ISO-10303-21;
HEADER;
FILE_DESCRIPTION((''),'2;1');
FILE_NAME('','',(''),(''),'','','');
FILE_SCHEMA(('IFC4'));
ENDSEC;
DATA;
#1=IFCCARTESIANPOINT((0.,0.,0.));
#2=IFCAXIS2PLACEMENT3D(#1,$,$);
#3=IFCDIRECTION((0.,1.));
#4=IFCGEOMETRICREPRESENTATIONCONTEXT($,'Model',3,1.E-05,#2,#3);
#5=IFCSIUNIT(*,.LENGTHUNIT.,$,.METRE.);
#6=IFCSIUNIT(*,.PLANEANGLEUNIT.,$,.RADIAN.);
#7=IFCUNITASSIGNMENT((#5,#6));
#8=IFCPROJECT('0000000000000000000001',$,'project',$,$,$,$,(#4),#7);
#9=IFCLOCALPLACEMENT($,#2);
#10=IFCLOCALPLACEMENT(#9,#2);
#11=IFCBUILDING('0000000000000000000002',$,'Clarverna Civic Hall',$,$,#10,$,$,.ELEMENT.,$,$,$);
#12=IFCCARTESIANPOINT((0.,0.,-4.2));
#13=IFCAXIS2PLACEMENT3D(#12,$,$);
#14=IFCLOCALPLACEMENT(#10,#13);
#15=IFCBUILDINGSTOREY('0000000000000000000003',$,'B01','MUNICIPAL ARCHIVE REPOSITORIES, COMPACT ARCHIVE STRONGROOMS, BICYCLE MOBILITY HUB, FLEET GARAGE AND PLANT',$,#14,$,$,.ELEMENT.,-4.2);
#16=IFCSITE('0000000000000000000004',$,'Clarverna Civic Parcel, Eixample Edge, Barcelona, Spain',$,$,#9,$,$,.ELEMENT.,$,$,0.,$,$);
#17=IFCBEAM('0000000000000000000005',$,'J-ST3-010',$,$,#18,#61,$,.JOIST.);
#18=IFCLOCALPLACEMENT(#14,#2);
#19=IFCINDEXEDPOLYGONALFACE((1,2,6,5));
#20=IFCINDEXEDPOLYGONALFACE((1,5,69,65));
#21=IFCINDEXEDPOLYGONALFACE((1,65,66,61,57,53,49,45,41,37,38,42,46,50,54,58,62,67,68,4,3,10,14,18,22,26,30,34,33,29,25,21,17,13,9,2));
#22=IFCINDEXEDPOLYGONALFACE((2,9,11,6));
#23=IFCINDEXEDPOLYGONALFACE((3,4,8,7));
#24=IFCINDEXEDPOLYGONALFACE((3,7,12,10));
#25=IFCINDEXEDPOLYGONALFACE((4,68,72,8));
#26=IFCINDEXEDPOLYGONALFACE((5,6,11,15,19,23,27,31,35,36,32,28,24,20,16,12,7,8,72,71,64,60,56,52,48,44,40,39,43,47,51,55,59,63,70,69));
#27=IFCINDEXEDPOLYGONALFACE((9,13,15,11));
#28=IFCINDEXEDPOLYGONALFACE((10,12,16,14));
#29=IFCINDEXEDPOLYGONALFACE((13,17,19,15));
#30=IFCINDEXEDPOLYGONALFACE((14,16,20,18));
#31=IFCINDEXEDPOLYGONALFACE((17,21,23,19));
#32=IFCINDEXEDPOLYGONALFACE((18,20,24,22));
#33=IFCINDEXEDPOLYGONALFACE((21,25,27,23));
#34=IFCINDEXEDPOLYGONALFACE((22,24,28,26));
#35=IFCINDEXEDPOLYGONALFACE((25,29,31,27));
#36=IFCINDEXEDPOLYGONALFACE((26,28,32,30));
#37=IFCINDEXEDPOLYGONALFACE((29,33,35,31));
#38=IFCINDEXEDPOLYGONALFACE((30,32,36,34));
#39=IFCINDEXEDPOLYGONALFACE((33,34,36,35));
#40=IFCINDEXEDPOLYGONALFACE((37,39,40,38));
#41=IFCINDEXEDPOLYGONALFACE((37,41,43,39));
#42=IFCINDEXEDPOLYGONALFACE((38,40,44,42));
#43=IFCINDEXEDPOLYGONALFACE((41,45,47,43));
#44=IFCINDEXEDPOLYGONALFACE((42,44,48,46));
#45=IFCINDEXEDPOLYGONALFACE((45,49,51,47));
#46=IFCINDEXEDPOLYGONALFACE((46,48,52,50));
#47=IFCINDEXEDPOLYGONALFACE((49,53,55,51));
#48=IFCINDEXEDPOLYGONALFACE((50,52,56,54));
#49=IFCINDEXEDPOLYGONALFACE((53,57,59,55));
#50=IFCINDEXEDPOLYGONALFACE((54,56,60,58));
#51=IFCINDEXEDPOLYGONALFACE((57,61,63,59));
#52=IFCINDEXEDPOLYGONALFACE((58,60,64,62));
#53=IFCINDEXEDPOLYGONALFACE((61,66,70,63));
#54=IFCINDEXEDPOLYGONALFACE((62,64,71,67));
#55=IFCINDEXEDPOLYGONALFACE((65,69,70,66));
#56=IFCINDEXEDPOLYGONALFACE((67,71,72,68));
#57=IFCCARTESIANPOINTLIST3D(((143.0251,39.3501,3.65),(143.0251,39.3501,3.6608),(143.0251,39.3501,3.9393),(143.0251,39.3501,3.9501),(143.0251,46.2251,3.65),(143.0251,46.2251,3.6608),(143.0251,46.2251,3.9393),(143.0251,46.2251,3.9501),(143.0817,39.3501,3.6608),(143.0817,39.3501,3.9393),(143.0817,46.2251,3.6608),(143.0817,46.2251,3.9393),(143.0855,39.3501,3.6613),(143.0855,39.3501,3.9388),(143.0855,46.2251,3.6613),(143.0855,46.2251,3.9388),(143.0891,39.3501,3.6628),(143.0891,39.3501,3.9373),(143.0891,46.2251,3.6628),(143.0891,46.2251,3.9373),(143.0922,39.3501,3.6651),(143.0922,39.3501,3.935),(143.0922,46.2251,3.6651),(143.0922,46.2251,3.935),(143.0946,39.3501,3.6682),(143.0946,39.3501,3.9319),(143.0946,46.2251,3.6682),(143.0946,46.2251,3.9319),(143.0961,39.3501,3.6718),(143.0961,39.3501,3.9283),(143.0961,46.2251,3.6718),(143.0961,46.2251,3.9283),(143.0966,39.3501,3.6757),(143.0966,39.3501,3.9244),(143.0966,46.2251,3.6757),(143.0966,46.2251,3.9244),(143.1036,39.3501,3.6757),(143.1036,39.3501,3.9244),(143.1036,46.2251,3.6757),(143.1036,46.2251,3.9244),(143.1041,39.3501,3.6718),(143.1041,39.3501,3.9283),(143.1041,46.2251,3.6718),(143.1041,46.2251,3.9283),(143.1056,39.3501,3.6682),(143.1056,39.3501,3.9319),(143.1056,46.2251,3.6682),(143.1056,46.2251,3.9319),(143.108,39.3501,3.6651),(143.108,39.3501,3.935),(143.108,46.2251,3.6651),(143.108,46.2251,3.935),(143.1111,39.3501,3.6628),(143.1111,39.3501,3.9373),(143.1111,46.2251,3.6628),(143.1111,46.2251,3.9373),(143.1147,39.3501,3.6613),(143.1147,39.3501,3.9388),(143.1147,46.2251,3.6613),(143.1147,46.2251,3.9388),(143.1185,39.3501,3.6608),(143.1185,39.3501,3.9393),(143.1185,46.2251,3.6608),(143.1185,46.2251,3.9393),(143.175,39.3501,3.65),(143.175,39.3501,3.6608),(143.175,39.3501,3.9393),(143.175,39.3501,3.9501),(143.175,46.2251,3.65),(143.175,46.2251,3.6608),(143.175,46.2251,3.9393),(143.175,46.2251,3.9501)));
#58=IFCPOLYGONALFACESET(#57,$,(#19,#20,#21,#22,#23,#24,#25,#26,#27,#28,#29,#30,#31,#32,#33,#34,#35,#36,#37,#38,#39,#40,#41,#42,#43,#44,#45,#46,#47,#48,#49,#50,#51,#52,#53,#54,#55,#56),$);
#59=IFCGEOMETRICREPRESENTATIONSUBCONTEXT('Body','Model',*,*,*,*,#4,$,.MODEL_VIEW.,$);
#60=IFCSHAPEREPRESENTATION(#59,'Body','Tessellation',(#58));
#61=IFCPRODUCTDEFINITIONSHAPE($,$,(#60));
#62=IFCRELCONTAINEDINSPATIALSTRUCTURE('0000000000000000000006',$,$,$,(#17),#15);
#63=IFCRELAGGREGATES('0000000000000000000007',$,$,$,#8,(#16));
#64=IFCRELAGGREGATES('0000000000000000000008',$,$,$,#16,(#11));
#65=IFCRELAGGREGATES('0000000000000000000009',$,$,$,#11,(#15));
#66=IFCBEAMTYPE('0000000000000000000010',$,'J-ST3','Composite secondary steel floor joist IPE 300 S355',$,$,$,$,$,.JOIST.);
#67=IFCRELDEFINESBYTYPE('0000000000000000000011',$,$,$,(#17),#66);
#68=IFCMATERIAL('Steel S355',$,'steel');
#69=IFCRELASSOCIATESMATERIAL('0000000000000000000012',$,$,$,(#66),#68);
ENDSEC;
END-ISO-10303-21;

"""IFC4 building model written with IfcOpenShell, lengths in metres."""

from ifc_helpers import new_model, si_unit, direction, frame, origin, origin_2d, place, context, subcontext, project, spatial, i_section, extrude, material, material_profile, profile_set, type_object, element, save


model = new_model("IFC4")

# Units and contexts
model_context = context("Model", 3, precision=1e-05, world=origin(), true_north=direction((0.0, 1.0)))
body_context = subcontext(model_context, "Body", "Model", "MODEL_VIEW")
ifc_project = project(units=[si_unit("LENGTHUNIT", "METRE"), si_unit("PLANEANGLEUNIT", "RADIAN")], contexts=[model_context])

# Site, building, storey
site_placement = place(None, origin())
site = spatial("IfcSite", under=ifc_project, at=site_placement, Name="Clarverna Civic Parcel, Eixample Edge, Barcelona, Spain", CompositionType="ELEMENT", RefElevation=0.0)
building_placement = place(site_placement, origin())
building = spatial("IfcBuilding", under=site, at=building_placement, Name="Clarverna Civic Hall", CompositionType="ELEMENT")
storey_placement = place(building_placement, frame((0.0, 0.0, -4.2)))
storey = spatial("IfcBuildingStorey", under=building, at=storey_placement, Name="B01", Description="MUNICIPAL ARCHIVE REPOSITORIES, COMPACT ARCHIVE STRONGROOMS, BICYCLE MOBILITY HUB, FLEET GARAGE AND PLANT", CompositionType="ELEMENT", Elevation=-4.2)

# Beam
ifc_material_1 = material(Name="Steel S355", Category="steel")
ifc_material_profile_1 = material_profile(ifc_material_1, i_section(OverallWidth=0.1499, OverallDepth=0.3, WebThickness=0.0071, FlangeThickness=0.0107, FilletRadius=0.0149, at=origin_2d()), Name="IPE 300")
ifc_profile_set_1 = profile_set([ifc_material_profile_1], Name="Steel S355")
beam_type_1 = type_object("IfcBeamType", Name="J-ST3", Description="Composite secondary steel floor joist IPE 300 S355", PredefinedType="JOIST", material=ifc_profile_set_1)
beam_1_placement = place(storey_placement, frame((143.1001, 39.3501, 3.8), z_axis=(0.0, 1.0, 0.0), x_axis=(-1.0, 0.0, 0.0)))
element("IfcBeam", 1, at=beam_1_placement, inside=storey, type_object=beam_type_1, Name="J-ST3-010", PredefinedType="JOIST", context=body_context, shape_type="SweptSolid", body=[
    extrude(i_section(OverallWidth=0.1499, OverallDepth=0.3, WebThickness=0.0071, FlangeThickness=0.0107, FilletRadius=0.0149, at=origin_2d()), origin(), (0.0, 0.0, 1.0), 6.875),
])

save(model, "model.ifc")
